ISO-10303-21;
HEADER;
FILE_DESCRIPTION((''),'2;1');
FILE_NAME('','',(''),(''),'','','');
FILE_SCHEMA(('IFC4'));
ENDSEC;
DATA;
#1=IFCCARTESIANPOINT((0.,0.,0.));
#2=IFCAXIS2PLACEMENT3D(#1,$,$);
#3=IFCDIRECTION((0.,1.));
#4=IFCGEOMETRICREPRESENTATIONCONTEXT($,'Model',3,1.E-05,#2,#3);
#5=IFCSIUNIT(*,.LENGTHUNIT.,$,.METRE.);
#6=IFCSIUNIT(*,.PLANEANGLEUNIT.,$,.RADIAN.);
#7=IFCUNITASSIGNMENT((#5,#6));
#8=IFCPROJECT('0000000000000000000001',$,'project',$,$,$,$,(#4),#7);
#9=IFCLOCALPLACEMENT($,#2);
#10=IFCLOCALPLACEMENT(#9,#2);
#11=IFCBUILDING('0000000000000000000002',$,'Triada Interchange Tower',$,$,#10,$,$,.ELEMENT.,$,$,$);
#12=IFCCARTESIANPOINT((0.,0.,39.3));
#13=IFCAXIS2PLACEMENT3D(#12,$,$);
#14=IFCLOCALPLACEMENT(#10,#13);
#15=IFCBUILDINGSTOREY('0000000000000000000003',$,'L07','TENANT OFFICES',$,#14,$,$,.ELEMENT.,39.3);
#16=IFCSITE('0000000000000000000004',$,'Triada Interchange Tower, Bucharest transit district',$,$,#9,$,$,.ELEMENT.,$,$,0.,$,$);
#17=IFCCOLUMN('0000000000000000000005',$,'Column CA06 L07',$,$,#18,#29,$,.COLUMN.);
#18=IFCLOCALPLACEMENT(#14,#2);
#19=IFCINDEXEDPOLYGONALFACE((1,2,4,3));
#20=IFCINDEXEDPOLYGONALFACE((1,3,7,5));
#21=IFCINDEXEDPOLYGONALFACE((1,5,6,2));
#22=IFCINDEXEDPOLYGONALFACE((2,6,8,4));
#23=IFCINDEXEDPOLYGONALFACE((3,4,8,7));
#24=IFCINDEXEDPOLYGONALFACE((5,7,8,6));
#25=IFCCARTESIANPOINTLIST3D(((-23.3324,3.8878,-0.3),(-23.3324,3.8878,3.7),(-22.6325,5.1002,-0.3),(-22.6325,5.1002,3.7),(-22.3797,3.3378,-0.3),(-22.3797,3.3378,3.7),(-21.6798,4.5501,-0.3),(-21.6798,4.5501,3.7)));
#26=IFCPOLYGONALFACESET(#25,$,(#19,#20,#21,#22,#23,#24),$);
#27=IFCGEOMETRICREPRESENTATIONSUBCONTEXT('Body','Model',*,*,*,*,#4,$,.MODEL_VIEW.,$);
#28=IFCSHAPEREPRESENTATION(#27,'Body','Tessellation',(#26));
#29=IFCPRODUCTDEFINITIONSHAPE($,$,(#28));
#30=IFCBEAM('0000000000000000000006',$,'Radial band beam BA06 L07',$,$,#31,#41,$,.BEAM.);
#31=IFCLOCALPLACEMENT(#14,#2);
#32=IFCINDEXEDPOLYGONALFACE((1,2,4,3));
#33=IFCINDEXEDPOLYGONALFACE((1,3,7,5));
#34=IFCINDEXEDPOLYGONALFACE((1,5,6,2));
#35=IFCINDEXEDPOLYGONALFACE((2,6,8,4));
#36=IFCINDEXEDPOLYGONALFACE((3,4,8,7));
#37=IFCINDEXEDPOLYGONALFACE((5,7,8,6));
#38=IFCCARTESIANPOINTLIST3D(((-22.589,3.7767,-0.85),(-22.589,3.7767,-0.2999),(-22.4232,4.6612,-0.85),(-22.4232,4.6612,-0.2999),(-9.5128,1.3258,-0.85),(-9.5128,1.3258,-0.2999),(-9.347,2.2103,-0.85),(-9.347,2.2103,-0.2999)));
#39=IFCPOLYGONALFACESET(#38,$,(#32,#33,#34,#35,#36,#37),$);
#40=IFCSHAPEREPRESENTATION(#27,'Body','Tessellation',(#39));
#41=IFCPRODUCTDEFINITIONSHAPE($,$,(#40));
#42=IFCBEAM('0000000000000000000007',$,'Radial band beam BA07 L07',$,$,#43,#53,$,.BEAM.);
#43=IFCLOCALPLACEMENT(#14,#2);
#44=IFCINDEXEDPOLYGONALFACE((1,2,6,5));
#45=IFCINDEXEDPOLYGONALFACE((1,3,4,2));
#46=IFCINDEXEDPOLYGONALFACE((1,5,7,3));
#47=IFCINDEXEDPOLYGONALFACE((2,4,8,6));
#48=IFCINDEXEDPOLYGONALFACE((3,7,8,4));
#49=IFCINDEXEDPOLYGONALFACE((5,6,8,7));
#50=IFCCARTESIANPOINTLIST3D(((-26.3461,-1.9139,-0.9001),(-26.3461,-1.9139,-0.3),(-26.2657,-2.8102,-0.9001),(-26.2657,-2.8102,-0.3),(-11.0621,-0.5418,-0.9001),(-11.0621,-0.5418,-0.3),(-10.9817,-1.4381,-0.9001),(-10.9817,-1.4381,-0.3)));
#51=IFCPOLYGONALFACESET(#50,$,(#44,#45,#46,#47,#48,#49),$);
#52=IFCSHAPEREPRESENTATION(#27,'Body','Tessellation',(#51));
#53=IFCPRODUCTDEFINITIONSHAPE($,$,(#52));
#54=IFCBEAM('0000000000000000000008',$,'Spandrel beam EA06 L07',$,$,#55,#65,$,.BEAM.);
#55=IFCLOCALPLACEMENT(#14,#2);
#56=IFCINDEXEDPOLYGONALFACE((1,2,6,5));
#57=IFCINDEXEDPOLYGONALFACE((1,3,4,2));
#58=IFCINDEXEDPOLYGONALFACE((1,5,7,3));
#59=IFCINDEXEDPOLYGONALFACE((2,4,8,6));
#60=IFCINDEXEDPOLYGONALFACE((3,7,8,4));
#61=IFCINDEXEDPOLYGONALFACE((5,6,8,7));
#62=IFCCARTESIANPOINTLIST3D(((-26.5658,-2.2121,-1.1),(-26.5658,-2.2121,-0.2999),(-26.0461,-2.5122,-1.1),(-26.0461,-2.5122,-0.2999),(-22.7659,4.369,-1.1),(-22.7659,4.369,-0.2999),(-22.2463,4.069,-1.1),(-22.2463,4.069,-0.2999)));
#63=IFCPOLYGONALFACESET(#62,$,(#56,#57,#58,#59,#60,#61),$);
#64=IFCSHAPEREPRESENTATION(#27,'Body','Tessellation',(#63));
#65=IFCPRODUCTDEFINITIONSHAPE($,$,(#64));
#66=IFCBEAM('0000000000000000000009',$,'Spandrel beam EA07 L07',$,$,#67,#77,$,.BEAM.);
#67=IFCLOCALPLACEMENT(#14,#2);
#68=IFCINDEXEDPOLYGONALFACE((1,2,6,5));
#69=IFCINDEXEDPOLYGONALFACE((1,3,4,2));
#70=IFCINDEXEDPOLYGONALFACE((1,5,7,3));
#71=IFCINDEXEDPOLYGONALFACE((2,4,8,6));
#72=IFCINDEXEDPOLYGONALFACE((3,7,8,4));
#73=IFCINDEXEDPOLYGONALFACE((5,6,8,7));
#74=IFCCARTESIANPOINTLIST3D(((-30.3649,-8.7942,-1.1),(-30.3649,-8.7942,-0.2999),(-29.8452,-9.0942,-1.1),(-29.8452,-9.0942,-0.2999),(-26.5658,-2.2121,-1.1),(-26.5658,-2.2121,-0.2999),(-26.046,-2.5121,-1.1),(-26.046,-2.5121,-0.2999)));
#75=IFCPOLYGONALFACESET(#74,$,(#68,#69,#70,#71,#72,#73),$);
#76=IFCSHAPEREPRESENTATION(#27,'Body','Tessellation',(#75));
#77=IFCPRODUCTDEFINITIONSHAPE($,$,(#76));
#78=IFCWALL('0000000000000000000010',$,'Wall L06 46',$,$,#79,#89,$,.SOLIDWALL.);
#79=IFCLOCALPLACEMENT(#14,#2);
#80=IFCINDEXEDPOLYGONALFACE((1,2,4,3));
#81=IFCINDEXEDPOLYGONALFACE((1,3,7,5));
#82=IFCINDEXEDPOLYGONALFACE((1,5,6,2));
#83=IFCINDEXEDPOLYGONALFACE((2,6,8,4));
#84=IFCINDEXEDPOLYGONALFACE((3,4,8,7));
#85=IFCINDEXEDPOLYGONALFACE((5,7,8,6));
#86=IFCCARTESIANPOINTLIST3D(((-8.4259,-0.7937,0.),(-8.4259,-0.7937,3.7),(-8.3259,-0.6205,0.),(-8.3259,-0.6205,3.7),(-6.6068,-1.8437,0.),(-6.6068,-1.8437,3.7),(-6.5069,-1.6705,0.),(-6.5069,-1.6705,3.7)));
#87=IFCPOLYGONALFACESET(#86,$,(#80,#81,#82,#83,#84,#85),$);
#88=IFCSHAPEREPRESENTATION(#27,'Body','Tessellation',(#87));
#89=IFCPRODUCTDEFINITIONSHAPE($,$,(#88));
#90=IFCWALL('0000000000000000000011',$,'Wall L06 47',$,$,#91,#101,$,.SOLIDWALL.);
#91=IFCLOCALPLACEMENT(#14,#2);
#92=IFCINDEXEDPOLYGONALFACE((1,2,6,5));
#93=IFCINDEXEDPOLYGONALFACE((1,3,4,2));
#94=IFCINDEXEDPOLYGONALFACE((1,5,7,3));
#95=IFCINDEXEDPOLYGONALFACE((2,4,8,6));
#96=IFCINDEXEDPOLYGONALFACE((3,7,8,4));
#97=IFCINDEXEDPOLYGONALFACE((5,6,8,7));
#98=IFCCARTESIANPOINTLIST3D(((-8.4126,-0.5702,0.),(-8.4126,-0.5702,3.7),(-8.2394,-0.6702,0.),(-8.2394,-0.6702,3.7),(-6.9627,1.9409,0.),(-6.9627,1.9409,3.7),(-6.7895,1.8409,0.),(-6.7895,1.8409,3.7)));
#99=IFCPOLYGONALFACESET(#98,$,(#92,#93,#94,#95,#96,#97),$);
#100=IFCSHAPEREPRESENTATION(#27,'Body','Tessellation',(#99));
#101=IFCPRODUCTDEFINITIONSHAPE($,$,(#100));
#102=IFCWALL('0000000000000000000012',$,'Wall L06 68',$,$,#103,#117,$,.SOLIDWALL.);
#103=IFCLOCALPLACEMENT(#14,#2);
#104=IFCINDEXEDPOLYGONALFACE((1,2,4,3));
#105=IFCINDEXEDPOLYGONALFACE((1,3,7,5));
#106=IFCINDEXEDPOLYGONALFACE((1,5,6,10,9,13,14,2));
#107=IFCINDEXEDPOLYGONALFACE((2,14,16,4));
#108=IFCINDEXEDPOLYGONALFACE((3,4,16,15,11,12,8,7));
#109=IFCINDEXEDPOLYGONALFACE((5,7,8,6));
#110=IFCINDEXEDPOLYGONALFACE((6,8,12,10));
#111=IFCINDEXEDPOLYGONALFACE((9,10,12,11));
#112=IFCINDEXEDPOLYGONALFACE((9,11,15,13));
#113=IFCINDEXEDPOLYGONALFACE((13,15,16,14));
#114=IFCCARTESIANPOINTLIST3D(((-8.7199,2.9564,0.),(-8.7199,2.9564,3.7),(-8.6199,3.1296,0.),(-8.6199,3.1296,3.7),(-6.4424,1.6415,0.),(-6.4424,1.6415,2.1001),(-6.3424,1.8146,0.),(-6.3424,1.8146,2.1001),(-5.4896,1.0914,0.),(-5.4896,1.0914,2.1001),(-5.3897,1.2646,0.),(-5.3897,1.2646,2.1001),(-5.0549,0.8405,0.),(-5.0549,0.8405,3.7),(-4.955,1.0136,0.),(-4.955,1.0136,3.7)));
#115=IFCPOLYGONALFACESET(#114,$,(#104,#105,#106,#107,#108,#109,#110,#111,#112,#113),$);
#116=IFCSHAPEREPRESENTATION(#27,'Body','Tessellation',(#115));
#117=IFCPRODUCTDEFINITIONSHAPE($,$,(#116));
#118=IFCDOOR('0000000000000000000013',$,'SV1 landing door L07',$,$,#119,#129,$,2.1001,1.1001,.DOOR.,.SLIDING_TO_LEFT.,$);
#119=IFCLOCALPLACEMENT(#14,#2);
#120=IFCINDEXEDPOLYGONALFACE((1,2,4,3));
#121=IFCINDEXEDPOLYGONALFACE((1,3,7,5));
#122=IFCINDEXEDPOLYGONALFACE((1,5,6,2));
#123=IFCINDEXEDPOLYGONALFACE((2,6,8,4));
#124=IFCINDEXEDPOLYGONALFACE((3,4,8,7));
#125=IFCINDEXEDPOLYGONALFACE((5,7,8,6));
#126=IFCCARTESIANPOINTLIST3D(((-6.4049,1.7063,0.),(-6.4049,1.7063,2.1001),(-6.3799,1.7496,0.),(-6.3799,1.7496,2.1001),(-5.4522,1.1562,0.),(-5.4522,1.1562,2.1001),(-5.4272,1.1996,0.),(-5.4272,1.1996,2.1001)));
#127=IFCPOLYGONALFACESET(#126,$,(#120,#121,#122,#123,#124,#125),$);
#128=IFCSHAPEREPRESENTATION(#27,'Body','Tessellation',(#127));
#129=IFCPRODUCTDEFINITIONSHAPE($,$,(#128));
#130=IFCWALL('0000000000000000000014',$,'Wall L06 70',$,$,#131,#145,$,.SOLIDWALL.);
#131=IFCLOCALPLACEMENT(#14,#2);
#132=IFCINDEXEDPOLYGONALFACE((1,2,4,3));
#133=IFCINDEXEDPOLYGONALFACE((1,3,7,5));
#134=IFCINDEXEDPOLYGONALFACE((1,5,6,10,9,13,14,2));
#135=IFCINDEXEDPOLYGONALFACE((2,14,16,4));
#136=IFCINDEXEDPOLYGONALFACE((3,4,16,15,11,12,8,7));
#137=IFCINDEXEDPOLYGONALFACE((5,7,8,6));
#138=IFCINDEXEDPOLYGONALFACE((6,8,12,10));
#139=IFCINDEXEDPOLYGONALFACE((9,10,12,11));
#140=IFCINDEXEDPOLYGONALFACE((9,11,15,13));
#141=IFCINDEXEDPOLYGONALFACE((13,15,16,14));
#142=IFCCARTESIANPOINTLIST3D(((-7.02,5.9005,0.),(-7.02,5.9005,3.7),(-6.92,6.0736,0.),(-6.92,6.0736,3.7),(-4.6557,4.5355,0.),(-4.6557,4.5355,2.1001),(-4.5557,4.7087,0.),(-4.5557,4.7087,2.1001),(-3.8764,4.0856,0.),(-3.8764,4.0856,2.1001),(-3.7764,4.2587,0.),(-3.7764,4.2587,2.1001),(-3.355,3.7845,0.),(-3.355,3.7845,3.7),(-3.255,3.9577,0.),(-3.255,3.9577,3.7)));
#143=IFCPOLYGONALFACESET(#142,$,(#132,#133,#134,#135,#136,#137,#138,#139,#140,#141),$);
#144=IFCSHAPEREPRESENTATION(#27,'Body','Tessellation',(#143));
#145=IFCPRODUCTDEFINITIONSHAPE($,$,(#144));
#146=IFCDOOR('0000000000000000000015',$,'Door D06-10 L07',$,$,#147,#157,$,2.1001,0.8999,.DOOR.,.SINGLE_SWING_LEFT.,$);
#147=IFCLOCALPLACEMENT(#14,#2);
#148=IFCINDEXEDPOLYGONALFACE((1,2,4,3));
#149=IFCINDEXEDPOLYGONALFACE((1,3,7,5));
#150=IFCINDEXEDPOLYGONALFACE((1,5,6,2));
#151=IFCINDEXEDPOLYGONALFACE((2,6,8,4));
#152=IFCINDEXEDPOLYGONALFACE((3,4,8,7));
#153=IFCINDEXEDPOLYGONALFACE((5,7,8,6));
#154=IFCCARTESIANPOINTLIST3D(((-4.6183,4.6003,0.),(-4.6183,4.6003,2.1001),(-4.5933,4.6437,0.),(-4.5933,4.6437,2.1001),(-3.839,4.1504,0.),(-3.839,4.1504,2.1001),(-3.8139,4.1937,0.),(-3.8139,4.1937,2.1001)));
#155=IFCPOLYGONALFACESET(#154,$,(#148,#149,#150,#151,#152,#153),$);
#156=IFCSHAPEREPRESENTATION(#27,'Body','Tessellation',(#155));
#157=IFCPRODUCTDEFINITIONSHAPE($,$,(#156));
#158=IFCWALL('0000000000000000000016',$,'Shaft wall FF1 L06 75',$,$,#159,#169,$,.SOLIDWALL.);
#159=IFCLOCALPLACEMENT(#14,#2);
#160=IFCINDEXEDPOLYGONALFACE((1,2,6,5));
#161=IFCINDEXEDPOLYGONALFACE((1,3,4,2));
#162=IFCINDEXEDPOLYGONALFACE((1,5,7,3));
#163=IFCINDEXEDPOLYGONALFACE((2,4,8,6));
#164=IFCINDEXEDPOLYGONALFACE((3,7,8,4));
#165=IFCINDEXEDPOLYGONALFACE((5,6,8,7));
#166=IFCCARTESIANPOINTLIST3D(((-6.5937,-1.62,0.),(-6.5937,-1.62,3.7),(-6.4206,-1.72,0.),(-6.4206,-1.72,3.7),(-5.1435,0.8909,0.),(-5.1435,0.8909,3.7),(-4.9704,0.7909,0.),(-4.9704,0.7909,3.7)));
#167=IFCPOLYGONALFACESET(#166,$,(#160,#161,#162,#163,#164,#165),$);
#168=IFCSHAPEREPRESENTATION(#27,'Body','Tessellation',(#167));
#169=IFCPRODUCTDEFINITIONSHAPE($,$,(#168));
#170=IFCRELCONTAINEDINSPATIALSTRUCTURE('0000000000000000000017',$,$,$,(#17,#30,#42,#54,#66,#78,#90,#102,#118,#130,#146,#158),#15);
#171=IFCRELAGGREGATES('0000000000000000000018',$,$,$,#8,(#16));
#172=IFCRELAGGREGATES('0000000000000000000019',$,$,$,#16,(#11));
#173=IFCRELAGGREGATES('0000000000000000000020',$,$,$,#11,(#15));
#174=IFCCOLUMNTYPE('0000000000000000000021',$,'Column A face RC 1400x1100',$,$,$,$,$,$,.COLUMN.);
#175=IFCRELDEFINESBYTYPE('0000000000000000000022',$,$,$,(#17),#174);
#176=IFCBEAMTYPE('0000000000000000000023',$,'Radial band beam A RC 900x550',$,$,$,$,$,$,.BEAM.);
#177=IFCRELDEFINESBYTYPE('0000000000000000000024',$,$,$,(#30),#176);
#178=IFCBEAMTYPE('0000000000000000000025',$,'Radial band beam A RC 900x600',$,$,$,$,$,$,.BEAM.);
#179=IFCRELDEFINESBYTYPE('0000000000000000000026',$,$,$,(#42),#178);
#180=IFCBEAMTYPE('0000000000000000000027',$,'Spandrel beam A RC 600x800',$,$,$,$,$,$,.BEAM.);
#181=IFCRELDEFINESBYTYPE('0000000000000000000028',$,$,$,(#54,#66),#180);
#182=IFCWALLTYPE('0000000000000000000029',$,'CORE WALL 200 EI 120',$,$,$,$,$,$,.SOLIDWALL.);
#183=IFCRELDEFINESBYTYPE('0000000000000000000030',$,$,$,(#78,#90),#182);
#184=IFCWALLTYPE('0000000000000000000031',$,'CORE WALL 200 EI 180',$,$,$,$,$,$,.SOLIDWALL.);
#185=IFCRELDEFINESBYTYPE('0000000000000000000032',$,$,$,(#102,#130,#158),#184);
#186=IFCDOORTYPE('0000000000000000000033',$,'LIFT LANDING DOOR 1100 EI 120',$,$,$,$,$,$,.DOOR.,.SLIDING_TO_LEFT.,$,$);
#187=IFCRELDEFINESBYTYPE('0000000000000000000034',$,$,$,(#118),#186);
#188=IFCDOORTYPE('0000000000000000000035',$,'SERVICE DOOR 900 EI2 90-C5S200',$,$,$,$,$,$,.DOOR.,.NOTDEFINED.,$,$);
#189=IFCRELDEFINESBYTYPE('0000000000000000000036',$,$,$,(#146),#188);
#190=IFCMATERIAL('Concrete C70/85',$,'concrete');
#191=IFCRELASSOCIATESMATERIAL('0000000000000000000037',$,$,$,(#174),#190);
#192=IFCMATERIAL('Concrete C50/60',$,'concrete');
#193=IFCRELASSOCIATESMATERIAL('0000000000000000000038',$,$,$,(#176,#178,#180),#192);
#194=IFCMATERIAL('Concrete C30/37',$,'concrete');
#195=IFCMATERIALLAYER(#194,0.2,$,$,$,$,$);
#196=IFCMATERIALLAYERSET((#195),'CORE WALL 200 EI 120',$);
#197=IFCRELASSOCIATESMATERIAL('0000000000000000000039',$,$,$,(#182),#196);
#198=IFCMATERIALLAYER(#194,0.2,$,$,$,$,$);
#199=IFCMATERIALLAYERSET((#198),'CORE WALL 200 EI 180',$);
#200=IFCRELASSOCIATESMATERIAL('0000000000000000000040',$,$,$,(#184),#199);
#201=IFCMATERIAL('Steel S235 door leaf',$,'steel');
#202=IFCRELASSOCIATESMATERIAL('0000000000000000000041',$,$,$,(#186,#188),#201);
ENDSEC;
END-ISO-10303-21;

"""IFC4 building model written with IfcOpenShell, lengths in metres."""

from ifc_helpers import new_model, si_unit, direction, frame, frame_2d, origin, origin_2d, place, context, subcontext, project, spatial, rectangle, extrude, material, layer, layer_set, material_profile, profile_set, type_object, element, fill, save


model = new_model("IFC4")

# Units and contexts
model_context = context("Model", 3, precision=1e-05, world=origin(), true_north=direction((0.0, 1.0)))
body_context = subcontext(model_context, "Body", "Model", "MODEL_VIEW")
ifc_project = project(units=[si_unit("LENGTHUNIT", "METRE"), si_unit("PLANEANGLEUNIT", "RADIAN")], contexts=[model_context])

# Site, building, storey
site_placement = place(None, origin())
site = spatial("IfcSite", under=ifc_project, at=site_placement, Name="Triada Interchange Tower, Bucharest transit district", CompositionType="ELEMENT", RefElevation=0.0)
building_placement = place(site_placement, origin())
building = spatial("IfcBuilding", under=site, at=building_placement, Name="Triada Interchange Tower", CompositionType="ELEMENT")
storey_placement = place(building_placement, frame((0.0, 0.0, 39.3)))
storey = spatial("IfcBuildingStorey", under=building, at=storey_placement, Name="L07", Description="TENANT OFFICES", CompositionType="ELEMENT", Elevation=39.3)

# Column
ifc_material_1 = material(Name="Concrete C70/85", Category="concrete")
ifc_material_profile_1 = material_profile(ifc_material_1, rectangle(XDim=1.3999, YDim=1.1001, at=origin_2d()), Name="RC 1400x1100")
ifc_profile_set_1 = profile_set([ifc_material_profile_1], Name="Concrete C70/85")
column_type = type_object("IfcColumnType", Name="Column A face RC 1400x1100", PredefinedType="COLUMN", material=ifc_profile_set_1)
column_placement = place(storey_placement, frame((-22.5061, 4.219, -0.3), z_axis=(0.0, 0.0, 1.0), x_axis=(0.5, 0.866025, 0.0)))
element("IfcColumn", 1, at=column_placement, inside=storey, type_object=column_type, Name="Column CA06 L07", PredefinedType="COLUMN", context=body_context, shape_type="SweptSolid", body=[
    extrude(rectangle(XDim=1.3999, YDim=1.1001, at=origin_2d()), origin(), (0.0, 0.0, 1.0), 4.0),
])

# Beams
ifc_material_2 = material(Name="Concrete C50/60", Category="concrete")
ifc_material_profile_2 = material_profile(ifc_material_2, rectangle(XDim=0.8999, YDim=0.55, at=origin_2d()), Name="RC 900x550")
ifc_profile_set_2 = profile_set([ifc_material_profile_2], Name="Concrete C50/60")
beam_type_1 = type_object("IfcBeamType", Name="Radial band beam A RC 900x550", PredefinedType="BEAM", material=ifc_profile_set_2)
beam_1_placement = place(storey_placement, frame((-22.5061, 4.219, -0.575), z_axis=(0.982884, -0.184226, 0.0), x_axis=(0.184226, 0.982884, 0.0)))
element("IfcBeam", 2, at=beam_1_placement, inside=storey, type_object=beam_type_1, Name="Radial band beam BA06 L07", PredefinedType="BEAM", context=body_context, shape_type="SweptSolid", body=[
    extrude(rectangle(XDim=0.8999, YDim=0.55, at=origin_2d()), origin(), (0.0, 0.0, 1.0), 13.304),
])
ifc_material_profile_3 = material_profile(ifc_material_2, rectangle(XDim=0.8999, YDim=0.6001, at=origin_2d()), Name="RC 900x600")
ifc_profile_set_3 = profile_set([ifc_material_profile_3], Name="Concrete C50/60")
beam_type_2 = type_object("IfcBeamType", Name="Radial band beam A RC 900x600", PredefinedType="BEAM", material=ifc_profile_set_3)
beam_2_placement = place(storey_placement, frame((-26.3059, -2.3621, -0.6001), z_axis=(0.995995, 0.089412, 0.0), x_axis=(-0.089412, 0.995995, 0.0)))
element("IfcBeam", 3, at=beam_2_placement, inside=storey, type_object=beam_type_2, Name="Radial band beam BA07 L07", PredefinedType="BEAM", context=body_context, shape_type="SweptSolid", body=[
    extrude(rectangle(XDim=0.8999, YDim=0.6001, at=origin_2d()), origin(), (0.0, 0.0, 1.0), 15.3455),
])
ifc_material_profile_4 = material_profile(ifc_material_2, rectangle(XDim=0.6001, YDim=0.8, at=origin_2d()), Name="RC 600x800")
ifc_profile_set_4 = profile_set([ifc_material_profile_4], Name="Concrete C50/60")
beam_type_3 = type_object("IfcBeamType", Name="Spandrel beam A RC 600x800", PredefinedType="BEAM", material=ifc_profile_set_4)
beam_3_placement = place(storey_placement, frame((-22.5061, 4.219, -0.7), z_axis=(-0.500023, -0.866012, 0.0), x_axis=(0.866012, -0.500023, 0.0)))
element("IfcBeam", 4, at=beam_3_placement, inside=storey, type_object=beam_type_3, Name="Spandrel beam EA06 L07", PredefinedType="BEAM", context=body_context, shape_type="SweptSolid", body=[
    extrude(rectangle(XDim=0.6001, YDim=0.8, at=origin_2d()), origin(), (0.0, 0.0, 1.0), 7.5994),
])
beam_4_placement = place(storey_placement, frame((-26.3059, -2.3621, -0.7), z_axis=(-0.499895, -0.866086, 0.0), x_axis=(0.866086, -0.499895, 0.0)))
element("IfcBeam", 5, at=beam_4_placement, inside=storey, type_object=beam_type_3, Name="Spandrel beam EA07 L07", PredefinedType="BEAM", context=body_context, shape_type="SweptSolid", body=[
    extrude(rectangle(XDim=0.6001, YDim=0.8, at=origin_2d()), origin(), (0.0, 0.0, 1.0), 7.5999),
])

# Walls
ifc_material_3 = material(Name="Concrete C30/37", Category="concrete")
ifc_layer_1 = layer(ifc_material_3, 0.2)
ifc_layer_set_1 = layer_set([ifc_layer_1], Name="CORE WALL 200 EI 120")
wall_type_1 = type_object("IfcWallType", Name="CORE WALL 200 EI 120", PredefinedType="SOLIDWALL", material=ifc_layer_set_1)
wall_1_placement = place(storey_placement, frame((-8.376, -0.707, 0.0), z_axis=(0.0, 0.0, 1.0), x_axis=(0.866068, -0.499927, 0.0)))
element("IfcWall", 6, at=wall_1_placement, inside=storey, type_object=wall_type_1, Name="Wall L06 46", PredefinedType="SOLIDWALL", context=body_context, shape_type="SweptSolid", body=[
    extrude(rectangle(XDim=2.1003, YDim=0.2, at=frame_2d((1.0503, 0.0))), origin(), (0.0, 0.0, 1.0), 3.7),
])
wall_2_placement = place(storey_placement, frame((-8.3259, -0.6201, 0.0), z_axis=(0.0, 0.0, 1.0), x_axis=(0.500024, 0.866012, 0.0)))
element("IfcWall", 7, at=wall_2_placement, inside=storey, type_object=wall_type_1, Name="Wall L06 47", PredefinedType="SOLIDWALL", context=body_context, shape_type="SweptSolid", body=[
    extrude(rectangle(XDim=2.8997, YDim=0.2, at=frame_2d((1.4497, 0.0))), origin(), (0.0, 0.0, 1.0), 3.7),
])

# Walls, openings, doors
ifc_layer_2 = layer(ifc_material_3, 0.2)
ifc_layer_set_2 = layer_set([ifc_layer_2], Name="CORE WALL 200 EI 180")
wall_type_2 = type_object("IfcWallType", Name="CORE WALL 200 EI 180", PredefinedType="SOLIDWALL", material=ifc_layer_set_2)
wall_3_placement = place(storey_placement, frame((-8.6699, 3.043, 0.0), z_axis=(0.0, 0.0, 1.0), x_axis=(0.86603, -0.499992, 0.0)))
wall_3 = element("IfcWall", 8, at=wall_3_placement, inside=storey, type_object=wall_type_2, Name="Wall L06 68", PredefinedType="SOLIDWALL", context=body_context, shape_type="SweptSolid", body=[
    extrude(rectangle(XDim=4.2319, YDim=0.2, at=frame_2d((2.116, 0.0))), origin(), (0.0, 0.0, 1.0), 3.7),
])
opening_1_placement = place(wall_3_placement, frame((2.6299, 0.0, 0.0)))
opening_1 = element("IfcOpeningElement", 9, at=opening_1_placement, cuts=wall_3, PredefinedType="OPENING", context=body_context, shape_type="SweptSolid", body=[
    extrude(rectangle(XDim=1.1001, YDim=2.1001, at=frame_2d((0.55, 1.05))), frame((0.0, 0.1099, 0.0), z_axis=(0.0, -1.0, 0.0), x_axis=(1.0, 0.0, 0.0)), (0.0, 0.0, 1.0), 0.22),
])
ifc_material_4 = material(Name="Steel S235 door leaf", Category="steel")
door_type_1 = type_object("IfcDoorType", Name="LIFT LANDING DOOR 1100 EI 120", OperationType="SLIDING_TO_LEFT", PredefinedType="DOOR", material=ifc_material_4)
door_1_placement = place(opening_1_placement, origin())
door_1 = element("IfcDoor", 10, at=door_1_placement, inside=storey, type_object=door_type_1, Name="SV1 landing door L07", OperationType="SLIDING_TO_LEFT", OverallHeight=2.1001, OverallWidth=1.1001, PredefinedType="DOOR", context=body_context, shape_type="SweptSolid", body=[
    extrude(rectangle(XDim=1.1001, YDim=2.1001, at=frame_2d((0.55, 1.05))), frame((0.0, 0.0249, 0.0), z_axis=(0.0, -1.0, 0.0), x_axis=(1.0, 0.0, 0.0)), (0.0, 0.0, 1.0), 0.05),
])
fill(opening_1, door_1)
wall_4_placement = place(storey_placement, frame((-6.97, 5.9871, 0.0), z_axis=(0.0, 0.0, 1.0), x_axis=(0.86603, -0.499992, 0.0)))
wall_4 = element("IfcWall", 11, at=wall_4_placement, inside=storey, type_object=wall_type_2, Name="Wall L06 70", PredefinedType="SOLIDWALL", context=body_context, shape_type="SweptSolid", body=[
    extrude(rectangle(XDim=4.2319, YDim=0.2, at=frame_2d((2.116, 0.0))), origin(), (0.0, 0.0, 1.0), 3.7),
])
opening_2_placement = place(wall_4_placement, frame((2.73, 0.0, 0.0)))
opening_2 = element("IfcOpeningElement", 12, at=opening_2_placement, cuts=wall_4, PredefinedType="OPENING", context=body_context, shape_type="SweptSolid", body=[
    extrude(rectangle(XDim=0.8999, YDim=2.1001, at=frame_2d((0.45, 1.05))), frame((0.0, 0.1099, 0.0), z_axis=(0.0, -1.0, 0.0), x_axis=(1.0, 0.0, 0.0)), (0.0, 0.0, 1.0), 0.22),
])
door_type_2 = type_object("IfcDoorType", Name="SERVICE DOOR 900 EI2 90-C5S200", OperationType="NOTDEFINED", PredefinedType="DOOR", material=ifc_material_4)
door_2_placement = place(opening_2_placement, origin())
door_2 = element("IfcDoor", 13, at=door_2_placement, inside=storey, type_object=door_type_2, Name="Door D06-10 L07", OperationType="SINGLE_SWING_LEFT", OverallHeight=2.1001, OverallWidth=0.8999, PredefinedType="DOOR", context=body_context, shape_type="SweptSolid", body=[
    extrude(rectangle(XDim=0.8999, YDim=2.1001, at=frame_2d((0.45, 1.05))), frame((0.0, 0.0249, 0.0), z_axis=(0.0, -1.0, 0.0), x_axis=(1.0, 0.0, 0.0)), (0.0, 0.0, 1.0), 0.05),
])
fill(opening_2, door_2)

# Wall
wall_5_placement = place(storey_placement, frame((-6.5071, -1.6699, 0.0), z_axis=(0.0, 0.0, 1.0), x_axis=(0.500123, 0.865954, 0.0)))
element("IfcWall", 14, at=wall_5_placement, inside=storey, type_object=wall_type_2, Name="Shaft wall FF1 L06 75", PredefinedType="SOLIDWALL", context=body_context, shape_type="SweptSolid", body=[
    extrude(rectangle(XDim=2.8997, YDim=0.2, at=frame_2d((1.4497, 0.0))), origin(), (0.0, 0.0, 1.0), 3.7),
])

save(model, "model.ifc")
